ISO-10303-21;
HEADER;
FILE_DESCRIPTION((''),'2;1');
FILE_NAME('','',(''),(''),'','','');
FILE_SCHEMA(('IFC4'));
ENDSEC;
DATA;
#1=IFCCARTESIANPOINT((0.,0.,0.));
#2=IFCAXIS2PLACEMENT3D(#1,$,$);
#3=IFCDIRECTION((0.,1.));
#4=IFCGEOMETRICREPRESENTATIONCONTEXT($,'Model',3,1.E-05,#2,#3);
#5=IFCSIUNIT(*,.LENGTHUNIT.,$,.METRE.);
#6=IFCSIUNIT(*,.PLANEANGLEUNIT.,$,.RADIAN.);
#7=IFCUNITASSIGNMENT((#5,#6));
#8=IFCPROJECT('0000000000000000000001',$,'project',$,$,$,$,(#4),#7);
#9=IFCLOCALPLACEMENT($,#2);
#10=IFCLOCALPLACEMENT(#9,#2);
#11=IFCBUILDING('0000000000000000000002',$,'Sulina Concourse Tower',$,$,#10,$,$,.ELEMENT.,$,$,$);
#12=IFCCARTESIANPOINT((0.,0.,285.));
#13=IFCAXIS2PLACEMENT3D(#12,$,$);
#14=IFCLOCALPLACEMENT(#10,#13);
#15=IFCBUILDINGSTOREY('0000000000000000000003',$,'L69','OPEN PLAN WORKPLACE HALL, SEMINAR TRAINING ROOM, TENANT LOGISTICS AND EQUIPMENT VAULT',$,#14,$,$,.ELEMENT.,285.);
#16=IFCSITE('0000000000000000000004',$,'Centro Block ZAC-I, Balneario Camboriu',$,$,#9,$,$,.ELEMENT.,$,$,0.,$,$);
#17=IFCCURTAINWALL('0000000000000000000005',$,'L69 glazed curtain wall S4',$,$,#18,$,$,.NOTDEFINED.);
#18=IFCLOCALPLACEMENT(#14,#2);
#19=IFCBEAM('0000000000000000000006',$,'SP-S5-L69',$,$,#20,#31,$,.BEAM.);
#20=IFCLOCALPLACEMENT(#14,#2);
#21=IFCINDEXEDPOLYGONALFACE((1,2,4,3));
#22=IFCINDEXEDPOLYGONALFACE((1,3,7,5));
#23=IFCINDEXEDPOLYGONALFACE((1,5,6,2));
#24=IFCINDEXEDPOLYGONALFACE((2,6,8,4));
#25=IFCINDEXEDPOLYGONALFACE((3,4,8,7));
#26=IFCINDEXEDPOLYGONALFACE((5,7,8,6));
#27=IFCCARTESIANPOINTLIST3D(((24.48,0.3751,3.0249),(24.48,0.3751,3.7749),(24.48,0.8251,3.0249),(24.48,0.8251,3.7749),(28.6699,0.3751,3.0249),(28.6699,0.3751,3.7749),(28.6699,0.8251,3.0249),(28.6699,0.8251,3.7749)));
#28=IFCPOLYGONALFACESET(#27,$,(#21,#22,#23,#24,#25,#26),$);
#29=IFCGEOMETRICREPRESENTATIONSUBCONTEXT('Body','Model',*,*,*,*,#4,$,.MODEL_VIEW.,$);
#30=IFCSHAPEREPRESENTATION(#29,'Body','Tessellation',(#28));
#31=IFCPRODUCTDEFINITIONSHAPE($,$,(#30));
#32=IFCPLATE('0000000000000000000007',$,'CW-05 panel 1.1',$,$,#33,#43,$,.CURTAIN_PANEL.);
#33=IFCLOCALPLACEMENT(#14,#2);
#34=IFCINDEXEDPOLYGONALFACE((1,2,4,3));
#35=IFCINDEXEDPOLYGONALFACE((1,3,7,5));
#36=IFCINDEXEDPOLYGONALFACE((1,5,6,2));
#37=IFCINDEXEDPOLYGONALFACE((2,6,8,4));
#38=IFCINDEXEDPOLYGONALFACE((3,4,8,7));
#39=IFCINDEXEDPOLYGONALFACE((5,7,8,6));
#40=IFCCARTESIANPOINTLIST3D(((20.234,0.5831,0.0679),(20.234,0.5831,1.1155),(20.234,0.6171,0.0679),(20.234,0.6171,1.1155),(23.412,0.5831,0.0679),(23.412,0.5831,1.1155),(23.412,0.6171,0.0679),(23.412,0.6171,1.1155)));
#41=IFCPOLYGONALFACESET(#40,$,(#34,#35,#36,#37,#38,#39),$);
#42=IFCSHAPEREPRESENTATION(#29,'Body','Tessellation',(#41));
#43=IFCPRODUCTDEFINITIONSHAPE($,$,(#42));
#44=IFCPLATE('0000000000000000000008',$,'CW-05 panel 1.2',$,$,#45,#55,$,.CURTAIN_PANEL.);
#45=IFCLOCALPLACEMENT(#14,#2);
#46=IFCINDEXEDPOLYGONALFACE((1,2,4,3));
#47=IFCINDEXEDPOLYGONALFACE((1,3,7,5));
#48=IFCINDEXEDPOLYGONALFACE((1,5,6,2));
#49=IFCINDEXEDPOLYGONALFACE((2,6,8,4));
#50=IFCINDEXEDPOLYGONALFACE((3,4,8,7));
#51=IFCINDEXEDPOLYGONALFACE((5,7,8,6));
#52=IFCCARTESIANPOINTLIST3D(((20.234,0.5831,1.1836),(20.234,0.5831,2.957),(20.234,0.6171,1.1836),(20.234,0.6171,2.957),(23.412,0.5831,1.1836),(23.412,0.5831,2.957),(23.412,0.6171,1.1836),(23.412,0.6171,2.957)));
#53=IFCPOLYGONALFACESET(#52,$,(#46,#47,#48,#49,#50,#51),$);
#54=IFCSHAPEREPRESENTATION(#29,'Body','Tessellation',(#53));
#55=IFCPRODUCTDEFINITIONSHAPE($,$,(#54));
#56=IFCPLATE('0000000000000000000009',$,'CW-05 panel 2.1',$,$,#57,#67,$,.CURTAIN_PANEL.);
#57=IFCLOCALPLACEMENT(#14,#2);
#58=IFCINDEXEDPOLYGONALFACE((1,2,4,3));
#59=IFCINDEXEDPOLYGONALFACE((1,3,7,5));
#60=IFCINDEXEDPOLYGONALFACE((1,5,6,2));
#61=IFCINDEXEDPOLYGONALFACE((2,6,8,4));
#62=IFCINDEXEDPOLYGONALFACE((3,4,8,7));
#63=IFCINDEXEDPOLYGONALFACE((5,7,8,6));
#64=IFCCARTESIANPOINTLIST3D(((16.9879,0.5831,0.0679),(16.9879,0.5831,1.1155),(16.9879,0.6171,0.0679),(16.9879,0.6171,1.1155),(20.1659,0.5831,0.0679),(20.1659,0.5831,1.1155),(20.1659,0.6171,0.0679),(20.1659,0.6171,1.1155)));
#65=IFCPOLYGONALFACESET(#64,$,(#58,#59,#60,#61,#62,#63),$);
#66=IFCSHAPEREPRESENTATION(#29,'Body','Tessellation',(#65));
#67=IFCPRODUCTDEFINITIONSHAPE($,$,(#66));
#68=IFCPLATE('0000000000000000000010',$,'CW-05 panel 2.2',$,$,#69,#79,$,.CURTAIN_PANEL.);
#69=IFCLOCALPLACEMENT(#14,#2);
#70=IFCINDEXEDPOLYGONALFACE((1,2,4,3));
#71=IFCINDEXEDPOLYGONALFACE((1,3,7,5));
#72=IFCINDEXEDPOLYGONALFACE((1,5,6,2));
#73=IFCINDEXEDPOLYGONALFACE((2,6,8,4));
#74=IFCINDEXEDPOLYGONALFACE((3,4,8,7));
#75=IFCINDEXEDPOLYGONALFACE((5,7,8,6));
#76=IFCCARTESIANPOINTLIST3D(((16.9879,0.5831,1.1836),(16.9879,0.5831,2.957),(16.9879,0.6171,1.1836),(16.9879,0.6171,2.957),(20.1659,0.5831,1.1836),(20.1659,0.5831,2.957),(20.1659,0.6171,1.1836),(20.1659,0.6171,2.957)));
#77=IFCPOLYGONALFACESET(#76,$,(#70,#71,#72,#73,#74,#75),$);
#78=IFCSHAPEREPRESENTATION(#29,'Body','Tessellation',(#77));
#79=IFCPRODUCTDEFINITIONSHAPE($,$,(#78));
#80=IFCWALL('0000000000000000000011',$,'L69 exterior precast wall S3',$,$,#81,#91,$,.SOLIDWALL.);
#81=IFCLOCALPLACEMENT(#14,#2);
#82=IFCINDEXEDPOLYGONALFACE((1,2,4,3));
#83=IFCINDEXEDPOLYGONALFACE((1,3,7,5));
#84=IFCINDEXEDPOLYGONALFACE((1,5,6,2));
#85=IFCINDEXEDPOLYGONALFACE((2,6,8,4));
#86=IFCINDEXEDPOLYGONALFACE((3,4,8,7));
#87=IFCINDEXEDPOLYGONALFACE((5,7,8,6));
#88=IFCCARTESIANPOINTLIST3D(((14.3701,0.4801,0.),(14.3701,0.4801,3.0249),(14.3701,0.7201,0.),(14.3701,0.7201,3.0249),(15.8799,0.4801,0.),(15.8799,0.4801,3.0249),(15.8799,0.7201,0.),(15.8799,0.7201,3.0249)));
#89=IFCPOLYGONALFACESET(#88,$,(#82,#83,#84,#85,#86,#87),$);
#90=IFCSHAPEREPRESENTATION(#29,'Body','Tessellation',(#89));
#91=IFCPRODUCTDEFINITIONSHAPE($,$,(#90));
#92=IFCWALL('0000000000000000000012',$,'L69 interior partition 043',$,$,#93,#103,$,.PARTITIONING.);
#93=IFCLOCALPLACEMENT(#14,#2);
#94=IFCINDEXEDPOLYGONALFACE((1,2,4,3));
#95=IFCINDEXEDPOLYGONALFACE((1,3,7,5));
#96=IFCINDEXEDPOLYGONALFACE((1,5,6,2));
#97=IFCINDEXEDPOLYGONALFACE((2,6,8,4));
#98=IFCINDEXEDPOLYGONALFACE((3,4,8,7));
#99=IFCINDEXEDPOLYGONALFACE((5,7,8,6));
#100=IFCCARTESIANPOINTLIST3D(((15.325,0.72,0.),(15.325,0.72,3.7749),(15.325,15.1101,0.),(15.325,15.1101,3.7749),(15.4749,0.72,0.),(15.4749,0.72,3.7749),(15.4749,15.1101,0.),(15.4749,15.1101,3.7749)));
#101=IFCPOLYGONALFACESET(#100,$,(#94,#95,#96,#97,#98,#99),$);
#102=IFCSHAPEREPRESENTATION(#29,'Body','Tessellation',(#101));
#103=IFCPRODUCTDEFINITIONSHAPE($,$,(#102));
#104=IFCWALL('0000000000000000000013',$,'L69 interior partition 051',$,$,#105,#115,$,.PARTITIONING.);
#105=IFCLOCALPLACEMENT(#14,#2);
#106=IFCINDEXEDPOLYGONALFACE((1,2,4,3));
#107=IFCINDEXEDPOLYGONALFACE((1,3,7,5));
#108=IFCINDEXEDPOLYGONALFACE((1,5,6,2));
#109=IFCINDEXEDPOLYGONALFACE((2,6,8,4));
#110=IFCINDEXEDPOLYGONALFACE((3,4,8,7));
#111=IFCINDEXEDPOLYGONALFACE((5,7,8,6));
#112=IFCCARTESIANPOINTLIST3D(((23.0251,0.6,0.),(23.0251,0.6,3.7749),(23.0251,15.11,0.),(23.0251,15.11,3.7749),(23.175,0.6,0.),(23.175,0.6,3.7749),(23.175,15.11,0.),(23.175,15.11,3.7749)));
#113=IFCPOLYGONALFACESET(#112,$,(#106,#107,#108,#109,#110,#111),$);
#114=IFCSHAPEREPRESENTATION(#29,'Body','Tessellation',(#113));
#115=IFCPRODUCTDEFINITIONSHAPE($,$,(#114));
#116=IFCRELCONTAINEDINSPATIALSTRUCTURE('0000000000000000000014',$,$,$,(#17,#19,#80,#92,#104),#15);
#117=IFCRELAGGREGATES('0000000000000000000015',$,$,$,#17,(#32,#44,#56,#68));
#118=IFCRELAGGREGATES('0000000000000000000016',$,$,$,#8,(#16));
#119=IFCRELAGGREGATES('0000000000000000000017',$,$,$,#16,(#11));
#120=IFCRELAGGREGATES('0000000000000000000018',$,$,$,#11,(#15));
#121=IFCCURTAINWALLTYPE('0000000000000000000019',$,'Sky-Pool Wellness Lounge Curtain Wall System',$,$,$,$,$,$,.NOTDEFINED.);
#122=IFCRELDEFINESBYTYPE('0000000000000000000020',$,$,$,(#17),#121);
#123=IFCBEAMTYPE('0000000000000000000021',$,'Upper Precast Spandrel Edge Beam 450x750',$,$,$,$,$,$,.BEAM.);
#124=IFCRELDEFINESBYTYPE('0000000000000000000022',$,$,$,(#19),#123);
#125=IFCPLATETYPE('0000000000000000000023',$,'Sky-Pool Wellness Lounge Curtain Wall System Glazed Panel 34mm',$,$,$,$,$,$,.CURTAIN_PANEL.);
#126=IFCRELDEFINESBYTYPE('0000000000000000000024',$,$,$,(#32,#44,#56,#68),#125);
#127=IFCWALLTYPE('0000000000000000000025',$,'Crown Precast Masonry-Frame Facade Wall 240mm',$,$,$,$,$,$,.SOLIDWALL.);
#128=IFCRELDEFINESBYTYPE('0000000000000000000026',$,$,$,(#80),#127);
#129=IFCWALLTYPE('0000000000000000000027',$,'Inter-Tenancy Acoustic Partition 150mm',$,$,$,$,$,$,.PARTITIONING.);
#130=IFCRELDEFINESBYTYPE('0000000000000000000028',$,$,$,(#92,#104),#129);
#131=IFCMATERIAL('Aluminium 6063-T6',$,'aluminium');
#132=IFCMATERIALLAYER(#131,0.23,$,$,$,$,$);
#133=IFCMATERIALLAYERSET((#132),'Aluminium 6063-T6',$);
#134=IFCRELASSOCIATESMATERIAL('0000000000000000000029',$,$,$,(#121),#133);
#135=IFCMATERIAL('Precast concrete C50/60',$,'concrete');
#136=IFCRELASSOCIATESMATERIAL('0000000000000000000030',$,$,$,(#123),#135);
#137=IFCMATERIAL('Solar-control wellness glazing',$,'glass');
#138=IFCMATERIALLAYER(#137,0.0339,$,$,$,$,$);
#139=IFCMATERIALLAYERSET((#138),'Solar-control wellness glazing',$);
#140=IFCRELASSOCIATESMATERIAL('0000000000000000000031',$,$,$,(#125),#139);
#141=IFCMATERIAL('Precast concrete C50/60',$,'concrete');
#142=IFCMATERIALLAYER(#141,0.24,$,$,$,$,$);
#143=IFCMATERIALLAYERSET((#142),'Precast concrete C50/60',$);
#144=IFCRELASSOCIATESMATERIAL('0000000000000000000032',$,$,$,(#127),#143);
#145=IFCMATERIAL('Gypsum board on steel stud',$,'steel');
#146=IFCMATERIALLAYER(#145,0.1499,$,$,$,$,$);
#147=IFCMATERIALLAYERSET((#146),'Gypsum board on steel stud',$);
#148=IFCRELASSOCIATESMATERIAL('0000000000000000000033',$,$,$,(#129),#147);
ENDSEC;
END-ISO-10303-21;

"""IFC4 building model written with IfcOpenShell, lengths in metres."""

from ifc_helpers import new_model, si_unit, direction, frame, frame_2d, origin, origin_2d, place, context, subcontext, project, spatial, rectangle, extrude, material, layer, layer_set, material_profile, profile_set, type_object, element, aggregate, save


model = new_model("IFC4")

# Units and contexts
model_context = context("Model", 3, precision=1e-05, world=origin(), true_north=direction((0.0, 1.0)))
body_context = subcontext(model_context, "Body", "Model", "MODEL_VIEW")
ifc_project = project(units=[si_unit("LENGTHUNIT", "METRE"), si_unit("PLANEANGLEUNIT", "RADIAN")], contexts=[model_context])

# Site, building, storey
site_placement = place(None, origin())
site = spatial("IfcSite", under=ifc_project, at=site_placement, Name="Centro Block ZAC-I, Balneario Camboriu", CompositionType="ELEMENT", RefElevation=0.0)
building_placement = place(site_placement, origin())
building = spatial("IfcBuilding", under=site, at=building_placement, Name="Sulina Concourse Tower", CompositionType="ELEMENT")
storey_placement = place(building_placement, frame((0.0, 0.0, 285.0)))
storey = spatial("IfcBuildingStorey", under=building, at=storey_placement, Name="L69", Description="OPEN PLAN WORKPLACE HALL, SEMINAR TRAINING ROOM, TENANT LOGISTICS AND EQUIPMENT VAULT", CompositionType="ELEMENT", Elevation=285.0)

# Curtain wall
ifc_material_1 = material(Name="Aluminium 6063-T6", Category="aluminium")
ifc_layer_1 = layer(ifc_material_1, 0.23)
ifc_layer_set_1 = layer_set([ifc_layer_1], Name="Aluminium 6063-T6")
curtain_wall_type = type_object("IfcCurtainWallType", Name="Sky-Pool Wellness Lounge Curtain Wall System", PredefinedType="NOTDEFINED", material=ifc_layer_set_1)
curtain_wall_placement = place(storey_placement, origin())
curtain_wall = element("IfcCurtainWall", 1, at=curtain_wall_placement, inside=storey, type_object=curtain_wall_type, Name="L69 glazed curtain wall S4", PredefinedType="NOTDEFINED")

# Beam
ifc_material_2 = material(Name="Precast concrete C50/60", Category="concrete")
ifc_material_profile_1 = material_profile(ifc_material_2, rectangle(XDim=0.45, YDim=0.75, at=origin_2d()), Name="RC 450x750")
ifc_profile_set_1 = profile_set([ifc_material_profile_1], Name="Precast concrete C50/60")
beam_type_1 = type_object("IfcBeamType", Name="Upper Precast Spandrel Edge Beam 450x750", PredefinedType="BEAM", material=ifc_profile_set_1)
beam_1_placement = place(storey_placement, frame((24.48, 0.6001, 3.3999), z_axis=(1.0, 0.0, 0.0), x_axis=(0.0, 1.0, 0.0)))
element("IfcBeam", 2, at=beam_1_placement, inside=storey, type_object=beam_type_1, Name="SP-S5-L69", PredefinedType="BEAM", context=body_context, shape_type="SweptSolid", body=[
    extrude(rectangle(XDim=0.45, YDim=0.75, at=origin_2d()), origin(), (0.0, 0.0, 1.0), 4.1899),
])

# Plates
ifc_material_3 = material(Name="Solar-control wellness glazing", Category="glass")
ifc_layer_2 = layer(ifc_material_3, 0.0339)
ifc_layer_set_2 = layer_set([ifc_layer_2], Name="Solar-control wellness glazing")
plate_type = type_object("IfcPlateType", Name="Sky-Pool Wellness Lounge Curtain Wall System Glazed Panel 34mm", PredefinedType="CURTAIN_PANEL", material=ifc_layer_set_2)
plate_1_placement = place(storey_placement, frame((21.823, 0.6001, 0.0679), z_axis=(0.0, 0.0, 1.0), x_axis=(-1.0, 0.0, 0.0)))
plate_1 = element("IfcPlate", 3, at=plate_1_placement, type_object=plate_type, Name="CW-05 panel 1.1", PredefinedType="CURTAIN_PANEL", context=body_context, shape_type="SweptSolid", body=[
    extrude(rectangle(XDim=3.178, YDim=0.0339, at=origin_2d()), origin(), (0.0, 0.0, 1.0), 1.0476),
])
plate_2_placement = place(storey_placement, frame((21.823, 0.6001, 1.1836), z_axis=(0.0, 0.0, 1.0), x_axis=(-1.0, 0.0, 0.0)))
plate_2 = element("IfcPlate", 4, at=plate_2_placement, type_object=plate_type, Name="CW-05 panel 1.2", PredefinedType="CURTAIN_PANEL", context=body_context, shape_type="SweptSolid", body=[
    extrude(rectangle(XDim=3.178, YDim=0.0339, at=origin_2d()), origin(), (0.0, 0.0, 1.0), 1.7734),
])
plate_3_placement = place(storey_placement, frame((18.5769, 0.6001, 0.0679), z_axis=(0.0, 0.0, 1.0), x_axis=(-1.0, 0.0, 0.0)))
plate_3 = element("IfcPlate", 5, at=plate_3_placement, type_object=plate_type, Name="CW-05 panel 2.1", PredefinedType="CURTAIN_PANEL", context=body_context, shape_type="SweptSolid", body=[
    extrude(rectangle(XDim=3.178, YDim=0.0339, at=origin_2d()), origin(), (0.0, 0.0, 1.0), 1.0476),
])
plate_4_placement = place(storey_placement, frame((18.5769, 0.6001, 1.1836), z_axis=(0.0, 0.0, 1.0), x_axis=(-1.0, 0.0, 0.0)))
plate_4 = element("IfcPlate", 6, at=plate_4_placement, type_object=plate_type, Name="CW-05 panel 2.2", PredefinedType="CURTAIN_PANEL", context=body_context, shape_type="SweptSolid", body=[
    extrude(rectangle(XDim=3.178, YDim=0.0339, at=origin_2d()), origin(), (0.0, 0.0, 1.0), 1.7734),
])
aggregate(curtain_wall, [plate_1, plate_2, plate_3, plate_4])

# Walls
ifc_material_4 = material(Name="Precast concrete C50/60", Category="concrete")
ifc_layer_3 = layer(ifc_material_4, 0.24)
ifc_layer_set_3 = layer_set([ifc_layer_3], Name="Precast concrete C50/60")
wall_type_1 = type_object("IfcWallType", Name="Crown Precast Masonry-Frame Facade Wall 240mm", PredefinedType="SOLIDWALL", material=ifc_layer_set_3)
wall_1_placement = place(storey_placement, frame((15.8799, 0.6001, 0.0), z_axis=(0.0, 0.0, 1.0), x_axis=(-1.0, 0.0, 0.0)))
element("IfcWall", 7, at=wall_1_placement, inside=storey, type_object=wall_type_1, Name="L69 exterior precast wall S3", PredefinedType="SOLIDWALL", context=body_context, shape_type="SweptSolid", body=[
    extrude(rectangle(XDim=1.5098, YDim=0.24, at=frame_2d((0.7549, 0.0))), origin(), (0.0, 0.0, 1.0), 3.0249),
])
ifc_material_5 = material(Name="Gypsum board on steel stud", Category="steel")
ifc_layer_4 = layer(ifc_material_5, 0.1499)
ifc_layer_set_4 = layer_set([ifc_layer_4], Name="Gypsum board on steel stud")
wall_type_2 = type_object("IfcWallType", Name="Inter-Tenancy Acoustic Partition 150mm", PredefinedType="PARTITIONING", material=ifc_layer_set_4)
wall_2_placement = place(storey_placement, frame((15.3999, 0.72, 0.0), z_axis=(0.0, 0.0, 1.0), x_axis=(0.0, 1.0, 0.0)))
element("IfcWall", 8, at=wall_2_placement, inside=storey, type_object=wall_type_2, Name="L69 interior partition 043", PredefinedType="PARTITIONING", context=body_context, shape_type="SweptSolid", body=[
    extrude(rectangle(XDim=14.3901, YDim=0.1499, at=frame_2d((7.1951, 0.0))), origin(), (0.0, 0.0, 1.0), 3.7749),
])
wall_3_placement = place(storey_placement, frame((23.1001, 0.6001, 0.0), z_axis=(0.0, 0.0, 1.0), x_axis=(0.0, 1.0, 0.0)))
element("IfcWall", 9, at=wall_3_placement, inside=storey, type_object=wall_type_2, Name="L69 interior partition 051", PredefinedType="PARTITIONING", context=body_context, shape_type="SweptSolid", body=[
    extrude(rectangle(XDim=14.51, YDim=0.1499, at=frame_2d((7.2549, 0.0))), origin(), (0.0, 0.0, 1.0), 3.7749),
])

save(model, "model.ifc")
